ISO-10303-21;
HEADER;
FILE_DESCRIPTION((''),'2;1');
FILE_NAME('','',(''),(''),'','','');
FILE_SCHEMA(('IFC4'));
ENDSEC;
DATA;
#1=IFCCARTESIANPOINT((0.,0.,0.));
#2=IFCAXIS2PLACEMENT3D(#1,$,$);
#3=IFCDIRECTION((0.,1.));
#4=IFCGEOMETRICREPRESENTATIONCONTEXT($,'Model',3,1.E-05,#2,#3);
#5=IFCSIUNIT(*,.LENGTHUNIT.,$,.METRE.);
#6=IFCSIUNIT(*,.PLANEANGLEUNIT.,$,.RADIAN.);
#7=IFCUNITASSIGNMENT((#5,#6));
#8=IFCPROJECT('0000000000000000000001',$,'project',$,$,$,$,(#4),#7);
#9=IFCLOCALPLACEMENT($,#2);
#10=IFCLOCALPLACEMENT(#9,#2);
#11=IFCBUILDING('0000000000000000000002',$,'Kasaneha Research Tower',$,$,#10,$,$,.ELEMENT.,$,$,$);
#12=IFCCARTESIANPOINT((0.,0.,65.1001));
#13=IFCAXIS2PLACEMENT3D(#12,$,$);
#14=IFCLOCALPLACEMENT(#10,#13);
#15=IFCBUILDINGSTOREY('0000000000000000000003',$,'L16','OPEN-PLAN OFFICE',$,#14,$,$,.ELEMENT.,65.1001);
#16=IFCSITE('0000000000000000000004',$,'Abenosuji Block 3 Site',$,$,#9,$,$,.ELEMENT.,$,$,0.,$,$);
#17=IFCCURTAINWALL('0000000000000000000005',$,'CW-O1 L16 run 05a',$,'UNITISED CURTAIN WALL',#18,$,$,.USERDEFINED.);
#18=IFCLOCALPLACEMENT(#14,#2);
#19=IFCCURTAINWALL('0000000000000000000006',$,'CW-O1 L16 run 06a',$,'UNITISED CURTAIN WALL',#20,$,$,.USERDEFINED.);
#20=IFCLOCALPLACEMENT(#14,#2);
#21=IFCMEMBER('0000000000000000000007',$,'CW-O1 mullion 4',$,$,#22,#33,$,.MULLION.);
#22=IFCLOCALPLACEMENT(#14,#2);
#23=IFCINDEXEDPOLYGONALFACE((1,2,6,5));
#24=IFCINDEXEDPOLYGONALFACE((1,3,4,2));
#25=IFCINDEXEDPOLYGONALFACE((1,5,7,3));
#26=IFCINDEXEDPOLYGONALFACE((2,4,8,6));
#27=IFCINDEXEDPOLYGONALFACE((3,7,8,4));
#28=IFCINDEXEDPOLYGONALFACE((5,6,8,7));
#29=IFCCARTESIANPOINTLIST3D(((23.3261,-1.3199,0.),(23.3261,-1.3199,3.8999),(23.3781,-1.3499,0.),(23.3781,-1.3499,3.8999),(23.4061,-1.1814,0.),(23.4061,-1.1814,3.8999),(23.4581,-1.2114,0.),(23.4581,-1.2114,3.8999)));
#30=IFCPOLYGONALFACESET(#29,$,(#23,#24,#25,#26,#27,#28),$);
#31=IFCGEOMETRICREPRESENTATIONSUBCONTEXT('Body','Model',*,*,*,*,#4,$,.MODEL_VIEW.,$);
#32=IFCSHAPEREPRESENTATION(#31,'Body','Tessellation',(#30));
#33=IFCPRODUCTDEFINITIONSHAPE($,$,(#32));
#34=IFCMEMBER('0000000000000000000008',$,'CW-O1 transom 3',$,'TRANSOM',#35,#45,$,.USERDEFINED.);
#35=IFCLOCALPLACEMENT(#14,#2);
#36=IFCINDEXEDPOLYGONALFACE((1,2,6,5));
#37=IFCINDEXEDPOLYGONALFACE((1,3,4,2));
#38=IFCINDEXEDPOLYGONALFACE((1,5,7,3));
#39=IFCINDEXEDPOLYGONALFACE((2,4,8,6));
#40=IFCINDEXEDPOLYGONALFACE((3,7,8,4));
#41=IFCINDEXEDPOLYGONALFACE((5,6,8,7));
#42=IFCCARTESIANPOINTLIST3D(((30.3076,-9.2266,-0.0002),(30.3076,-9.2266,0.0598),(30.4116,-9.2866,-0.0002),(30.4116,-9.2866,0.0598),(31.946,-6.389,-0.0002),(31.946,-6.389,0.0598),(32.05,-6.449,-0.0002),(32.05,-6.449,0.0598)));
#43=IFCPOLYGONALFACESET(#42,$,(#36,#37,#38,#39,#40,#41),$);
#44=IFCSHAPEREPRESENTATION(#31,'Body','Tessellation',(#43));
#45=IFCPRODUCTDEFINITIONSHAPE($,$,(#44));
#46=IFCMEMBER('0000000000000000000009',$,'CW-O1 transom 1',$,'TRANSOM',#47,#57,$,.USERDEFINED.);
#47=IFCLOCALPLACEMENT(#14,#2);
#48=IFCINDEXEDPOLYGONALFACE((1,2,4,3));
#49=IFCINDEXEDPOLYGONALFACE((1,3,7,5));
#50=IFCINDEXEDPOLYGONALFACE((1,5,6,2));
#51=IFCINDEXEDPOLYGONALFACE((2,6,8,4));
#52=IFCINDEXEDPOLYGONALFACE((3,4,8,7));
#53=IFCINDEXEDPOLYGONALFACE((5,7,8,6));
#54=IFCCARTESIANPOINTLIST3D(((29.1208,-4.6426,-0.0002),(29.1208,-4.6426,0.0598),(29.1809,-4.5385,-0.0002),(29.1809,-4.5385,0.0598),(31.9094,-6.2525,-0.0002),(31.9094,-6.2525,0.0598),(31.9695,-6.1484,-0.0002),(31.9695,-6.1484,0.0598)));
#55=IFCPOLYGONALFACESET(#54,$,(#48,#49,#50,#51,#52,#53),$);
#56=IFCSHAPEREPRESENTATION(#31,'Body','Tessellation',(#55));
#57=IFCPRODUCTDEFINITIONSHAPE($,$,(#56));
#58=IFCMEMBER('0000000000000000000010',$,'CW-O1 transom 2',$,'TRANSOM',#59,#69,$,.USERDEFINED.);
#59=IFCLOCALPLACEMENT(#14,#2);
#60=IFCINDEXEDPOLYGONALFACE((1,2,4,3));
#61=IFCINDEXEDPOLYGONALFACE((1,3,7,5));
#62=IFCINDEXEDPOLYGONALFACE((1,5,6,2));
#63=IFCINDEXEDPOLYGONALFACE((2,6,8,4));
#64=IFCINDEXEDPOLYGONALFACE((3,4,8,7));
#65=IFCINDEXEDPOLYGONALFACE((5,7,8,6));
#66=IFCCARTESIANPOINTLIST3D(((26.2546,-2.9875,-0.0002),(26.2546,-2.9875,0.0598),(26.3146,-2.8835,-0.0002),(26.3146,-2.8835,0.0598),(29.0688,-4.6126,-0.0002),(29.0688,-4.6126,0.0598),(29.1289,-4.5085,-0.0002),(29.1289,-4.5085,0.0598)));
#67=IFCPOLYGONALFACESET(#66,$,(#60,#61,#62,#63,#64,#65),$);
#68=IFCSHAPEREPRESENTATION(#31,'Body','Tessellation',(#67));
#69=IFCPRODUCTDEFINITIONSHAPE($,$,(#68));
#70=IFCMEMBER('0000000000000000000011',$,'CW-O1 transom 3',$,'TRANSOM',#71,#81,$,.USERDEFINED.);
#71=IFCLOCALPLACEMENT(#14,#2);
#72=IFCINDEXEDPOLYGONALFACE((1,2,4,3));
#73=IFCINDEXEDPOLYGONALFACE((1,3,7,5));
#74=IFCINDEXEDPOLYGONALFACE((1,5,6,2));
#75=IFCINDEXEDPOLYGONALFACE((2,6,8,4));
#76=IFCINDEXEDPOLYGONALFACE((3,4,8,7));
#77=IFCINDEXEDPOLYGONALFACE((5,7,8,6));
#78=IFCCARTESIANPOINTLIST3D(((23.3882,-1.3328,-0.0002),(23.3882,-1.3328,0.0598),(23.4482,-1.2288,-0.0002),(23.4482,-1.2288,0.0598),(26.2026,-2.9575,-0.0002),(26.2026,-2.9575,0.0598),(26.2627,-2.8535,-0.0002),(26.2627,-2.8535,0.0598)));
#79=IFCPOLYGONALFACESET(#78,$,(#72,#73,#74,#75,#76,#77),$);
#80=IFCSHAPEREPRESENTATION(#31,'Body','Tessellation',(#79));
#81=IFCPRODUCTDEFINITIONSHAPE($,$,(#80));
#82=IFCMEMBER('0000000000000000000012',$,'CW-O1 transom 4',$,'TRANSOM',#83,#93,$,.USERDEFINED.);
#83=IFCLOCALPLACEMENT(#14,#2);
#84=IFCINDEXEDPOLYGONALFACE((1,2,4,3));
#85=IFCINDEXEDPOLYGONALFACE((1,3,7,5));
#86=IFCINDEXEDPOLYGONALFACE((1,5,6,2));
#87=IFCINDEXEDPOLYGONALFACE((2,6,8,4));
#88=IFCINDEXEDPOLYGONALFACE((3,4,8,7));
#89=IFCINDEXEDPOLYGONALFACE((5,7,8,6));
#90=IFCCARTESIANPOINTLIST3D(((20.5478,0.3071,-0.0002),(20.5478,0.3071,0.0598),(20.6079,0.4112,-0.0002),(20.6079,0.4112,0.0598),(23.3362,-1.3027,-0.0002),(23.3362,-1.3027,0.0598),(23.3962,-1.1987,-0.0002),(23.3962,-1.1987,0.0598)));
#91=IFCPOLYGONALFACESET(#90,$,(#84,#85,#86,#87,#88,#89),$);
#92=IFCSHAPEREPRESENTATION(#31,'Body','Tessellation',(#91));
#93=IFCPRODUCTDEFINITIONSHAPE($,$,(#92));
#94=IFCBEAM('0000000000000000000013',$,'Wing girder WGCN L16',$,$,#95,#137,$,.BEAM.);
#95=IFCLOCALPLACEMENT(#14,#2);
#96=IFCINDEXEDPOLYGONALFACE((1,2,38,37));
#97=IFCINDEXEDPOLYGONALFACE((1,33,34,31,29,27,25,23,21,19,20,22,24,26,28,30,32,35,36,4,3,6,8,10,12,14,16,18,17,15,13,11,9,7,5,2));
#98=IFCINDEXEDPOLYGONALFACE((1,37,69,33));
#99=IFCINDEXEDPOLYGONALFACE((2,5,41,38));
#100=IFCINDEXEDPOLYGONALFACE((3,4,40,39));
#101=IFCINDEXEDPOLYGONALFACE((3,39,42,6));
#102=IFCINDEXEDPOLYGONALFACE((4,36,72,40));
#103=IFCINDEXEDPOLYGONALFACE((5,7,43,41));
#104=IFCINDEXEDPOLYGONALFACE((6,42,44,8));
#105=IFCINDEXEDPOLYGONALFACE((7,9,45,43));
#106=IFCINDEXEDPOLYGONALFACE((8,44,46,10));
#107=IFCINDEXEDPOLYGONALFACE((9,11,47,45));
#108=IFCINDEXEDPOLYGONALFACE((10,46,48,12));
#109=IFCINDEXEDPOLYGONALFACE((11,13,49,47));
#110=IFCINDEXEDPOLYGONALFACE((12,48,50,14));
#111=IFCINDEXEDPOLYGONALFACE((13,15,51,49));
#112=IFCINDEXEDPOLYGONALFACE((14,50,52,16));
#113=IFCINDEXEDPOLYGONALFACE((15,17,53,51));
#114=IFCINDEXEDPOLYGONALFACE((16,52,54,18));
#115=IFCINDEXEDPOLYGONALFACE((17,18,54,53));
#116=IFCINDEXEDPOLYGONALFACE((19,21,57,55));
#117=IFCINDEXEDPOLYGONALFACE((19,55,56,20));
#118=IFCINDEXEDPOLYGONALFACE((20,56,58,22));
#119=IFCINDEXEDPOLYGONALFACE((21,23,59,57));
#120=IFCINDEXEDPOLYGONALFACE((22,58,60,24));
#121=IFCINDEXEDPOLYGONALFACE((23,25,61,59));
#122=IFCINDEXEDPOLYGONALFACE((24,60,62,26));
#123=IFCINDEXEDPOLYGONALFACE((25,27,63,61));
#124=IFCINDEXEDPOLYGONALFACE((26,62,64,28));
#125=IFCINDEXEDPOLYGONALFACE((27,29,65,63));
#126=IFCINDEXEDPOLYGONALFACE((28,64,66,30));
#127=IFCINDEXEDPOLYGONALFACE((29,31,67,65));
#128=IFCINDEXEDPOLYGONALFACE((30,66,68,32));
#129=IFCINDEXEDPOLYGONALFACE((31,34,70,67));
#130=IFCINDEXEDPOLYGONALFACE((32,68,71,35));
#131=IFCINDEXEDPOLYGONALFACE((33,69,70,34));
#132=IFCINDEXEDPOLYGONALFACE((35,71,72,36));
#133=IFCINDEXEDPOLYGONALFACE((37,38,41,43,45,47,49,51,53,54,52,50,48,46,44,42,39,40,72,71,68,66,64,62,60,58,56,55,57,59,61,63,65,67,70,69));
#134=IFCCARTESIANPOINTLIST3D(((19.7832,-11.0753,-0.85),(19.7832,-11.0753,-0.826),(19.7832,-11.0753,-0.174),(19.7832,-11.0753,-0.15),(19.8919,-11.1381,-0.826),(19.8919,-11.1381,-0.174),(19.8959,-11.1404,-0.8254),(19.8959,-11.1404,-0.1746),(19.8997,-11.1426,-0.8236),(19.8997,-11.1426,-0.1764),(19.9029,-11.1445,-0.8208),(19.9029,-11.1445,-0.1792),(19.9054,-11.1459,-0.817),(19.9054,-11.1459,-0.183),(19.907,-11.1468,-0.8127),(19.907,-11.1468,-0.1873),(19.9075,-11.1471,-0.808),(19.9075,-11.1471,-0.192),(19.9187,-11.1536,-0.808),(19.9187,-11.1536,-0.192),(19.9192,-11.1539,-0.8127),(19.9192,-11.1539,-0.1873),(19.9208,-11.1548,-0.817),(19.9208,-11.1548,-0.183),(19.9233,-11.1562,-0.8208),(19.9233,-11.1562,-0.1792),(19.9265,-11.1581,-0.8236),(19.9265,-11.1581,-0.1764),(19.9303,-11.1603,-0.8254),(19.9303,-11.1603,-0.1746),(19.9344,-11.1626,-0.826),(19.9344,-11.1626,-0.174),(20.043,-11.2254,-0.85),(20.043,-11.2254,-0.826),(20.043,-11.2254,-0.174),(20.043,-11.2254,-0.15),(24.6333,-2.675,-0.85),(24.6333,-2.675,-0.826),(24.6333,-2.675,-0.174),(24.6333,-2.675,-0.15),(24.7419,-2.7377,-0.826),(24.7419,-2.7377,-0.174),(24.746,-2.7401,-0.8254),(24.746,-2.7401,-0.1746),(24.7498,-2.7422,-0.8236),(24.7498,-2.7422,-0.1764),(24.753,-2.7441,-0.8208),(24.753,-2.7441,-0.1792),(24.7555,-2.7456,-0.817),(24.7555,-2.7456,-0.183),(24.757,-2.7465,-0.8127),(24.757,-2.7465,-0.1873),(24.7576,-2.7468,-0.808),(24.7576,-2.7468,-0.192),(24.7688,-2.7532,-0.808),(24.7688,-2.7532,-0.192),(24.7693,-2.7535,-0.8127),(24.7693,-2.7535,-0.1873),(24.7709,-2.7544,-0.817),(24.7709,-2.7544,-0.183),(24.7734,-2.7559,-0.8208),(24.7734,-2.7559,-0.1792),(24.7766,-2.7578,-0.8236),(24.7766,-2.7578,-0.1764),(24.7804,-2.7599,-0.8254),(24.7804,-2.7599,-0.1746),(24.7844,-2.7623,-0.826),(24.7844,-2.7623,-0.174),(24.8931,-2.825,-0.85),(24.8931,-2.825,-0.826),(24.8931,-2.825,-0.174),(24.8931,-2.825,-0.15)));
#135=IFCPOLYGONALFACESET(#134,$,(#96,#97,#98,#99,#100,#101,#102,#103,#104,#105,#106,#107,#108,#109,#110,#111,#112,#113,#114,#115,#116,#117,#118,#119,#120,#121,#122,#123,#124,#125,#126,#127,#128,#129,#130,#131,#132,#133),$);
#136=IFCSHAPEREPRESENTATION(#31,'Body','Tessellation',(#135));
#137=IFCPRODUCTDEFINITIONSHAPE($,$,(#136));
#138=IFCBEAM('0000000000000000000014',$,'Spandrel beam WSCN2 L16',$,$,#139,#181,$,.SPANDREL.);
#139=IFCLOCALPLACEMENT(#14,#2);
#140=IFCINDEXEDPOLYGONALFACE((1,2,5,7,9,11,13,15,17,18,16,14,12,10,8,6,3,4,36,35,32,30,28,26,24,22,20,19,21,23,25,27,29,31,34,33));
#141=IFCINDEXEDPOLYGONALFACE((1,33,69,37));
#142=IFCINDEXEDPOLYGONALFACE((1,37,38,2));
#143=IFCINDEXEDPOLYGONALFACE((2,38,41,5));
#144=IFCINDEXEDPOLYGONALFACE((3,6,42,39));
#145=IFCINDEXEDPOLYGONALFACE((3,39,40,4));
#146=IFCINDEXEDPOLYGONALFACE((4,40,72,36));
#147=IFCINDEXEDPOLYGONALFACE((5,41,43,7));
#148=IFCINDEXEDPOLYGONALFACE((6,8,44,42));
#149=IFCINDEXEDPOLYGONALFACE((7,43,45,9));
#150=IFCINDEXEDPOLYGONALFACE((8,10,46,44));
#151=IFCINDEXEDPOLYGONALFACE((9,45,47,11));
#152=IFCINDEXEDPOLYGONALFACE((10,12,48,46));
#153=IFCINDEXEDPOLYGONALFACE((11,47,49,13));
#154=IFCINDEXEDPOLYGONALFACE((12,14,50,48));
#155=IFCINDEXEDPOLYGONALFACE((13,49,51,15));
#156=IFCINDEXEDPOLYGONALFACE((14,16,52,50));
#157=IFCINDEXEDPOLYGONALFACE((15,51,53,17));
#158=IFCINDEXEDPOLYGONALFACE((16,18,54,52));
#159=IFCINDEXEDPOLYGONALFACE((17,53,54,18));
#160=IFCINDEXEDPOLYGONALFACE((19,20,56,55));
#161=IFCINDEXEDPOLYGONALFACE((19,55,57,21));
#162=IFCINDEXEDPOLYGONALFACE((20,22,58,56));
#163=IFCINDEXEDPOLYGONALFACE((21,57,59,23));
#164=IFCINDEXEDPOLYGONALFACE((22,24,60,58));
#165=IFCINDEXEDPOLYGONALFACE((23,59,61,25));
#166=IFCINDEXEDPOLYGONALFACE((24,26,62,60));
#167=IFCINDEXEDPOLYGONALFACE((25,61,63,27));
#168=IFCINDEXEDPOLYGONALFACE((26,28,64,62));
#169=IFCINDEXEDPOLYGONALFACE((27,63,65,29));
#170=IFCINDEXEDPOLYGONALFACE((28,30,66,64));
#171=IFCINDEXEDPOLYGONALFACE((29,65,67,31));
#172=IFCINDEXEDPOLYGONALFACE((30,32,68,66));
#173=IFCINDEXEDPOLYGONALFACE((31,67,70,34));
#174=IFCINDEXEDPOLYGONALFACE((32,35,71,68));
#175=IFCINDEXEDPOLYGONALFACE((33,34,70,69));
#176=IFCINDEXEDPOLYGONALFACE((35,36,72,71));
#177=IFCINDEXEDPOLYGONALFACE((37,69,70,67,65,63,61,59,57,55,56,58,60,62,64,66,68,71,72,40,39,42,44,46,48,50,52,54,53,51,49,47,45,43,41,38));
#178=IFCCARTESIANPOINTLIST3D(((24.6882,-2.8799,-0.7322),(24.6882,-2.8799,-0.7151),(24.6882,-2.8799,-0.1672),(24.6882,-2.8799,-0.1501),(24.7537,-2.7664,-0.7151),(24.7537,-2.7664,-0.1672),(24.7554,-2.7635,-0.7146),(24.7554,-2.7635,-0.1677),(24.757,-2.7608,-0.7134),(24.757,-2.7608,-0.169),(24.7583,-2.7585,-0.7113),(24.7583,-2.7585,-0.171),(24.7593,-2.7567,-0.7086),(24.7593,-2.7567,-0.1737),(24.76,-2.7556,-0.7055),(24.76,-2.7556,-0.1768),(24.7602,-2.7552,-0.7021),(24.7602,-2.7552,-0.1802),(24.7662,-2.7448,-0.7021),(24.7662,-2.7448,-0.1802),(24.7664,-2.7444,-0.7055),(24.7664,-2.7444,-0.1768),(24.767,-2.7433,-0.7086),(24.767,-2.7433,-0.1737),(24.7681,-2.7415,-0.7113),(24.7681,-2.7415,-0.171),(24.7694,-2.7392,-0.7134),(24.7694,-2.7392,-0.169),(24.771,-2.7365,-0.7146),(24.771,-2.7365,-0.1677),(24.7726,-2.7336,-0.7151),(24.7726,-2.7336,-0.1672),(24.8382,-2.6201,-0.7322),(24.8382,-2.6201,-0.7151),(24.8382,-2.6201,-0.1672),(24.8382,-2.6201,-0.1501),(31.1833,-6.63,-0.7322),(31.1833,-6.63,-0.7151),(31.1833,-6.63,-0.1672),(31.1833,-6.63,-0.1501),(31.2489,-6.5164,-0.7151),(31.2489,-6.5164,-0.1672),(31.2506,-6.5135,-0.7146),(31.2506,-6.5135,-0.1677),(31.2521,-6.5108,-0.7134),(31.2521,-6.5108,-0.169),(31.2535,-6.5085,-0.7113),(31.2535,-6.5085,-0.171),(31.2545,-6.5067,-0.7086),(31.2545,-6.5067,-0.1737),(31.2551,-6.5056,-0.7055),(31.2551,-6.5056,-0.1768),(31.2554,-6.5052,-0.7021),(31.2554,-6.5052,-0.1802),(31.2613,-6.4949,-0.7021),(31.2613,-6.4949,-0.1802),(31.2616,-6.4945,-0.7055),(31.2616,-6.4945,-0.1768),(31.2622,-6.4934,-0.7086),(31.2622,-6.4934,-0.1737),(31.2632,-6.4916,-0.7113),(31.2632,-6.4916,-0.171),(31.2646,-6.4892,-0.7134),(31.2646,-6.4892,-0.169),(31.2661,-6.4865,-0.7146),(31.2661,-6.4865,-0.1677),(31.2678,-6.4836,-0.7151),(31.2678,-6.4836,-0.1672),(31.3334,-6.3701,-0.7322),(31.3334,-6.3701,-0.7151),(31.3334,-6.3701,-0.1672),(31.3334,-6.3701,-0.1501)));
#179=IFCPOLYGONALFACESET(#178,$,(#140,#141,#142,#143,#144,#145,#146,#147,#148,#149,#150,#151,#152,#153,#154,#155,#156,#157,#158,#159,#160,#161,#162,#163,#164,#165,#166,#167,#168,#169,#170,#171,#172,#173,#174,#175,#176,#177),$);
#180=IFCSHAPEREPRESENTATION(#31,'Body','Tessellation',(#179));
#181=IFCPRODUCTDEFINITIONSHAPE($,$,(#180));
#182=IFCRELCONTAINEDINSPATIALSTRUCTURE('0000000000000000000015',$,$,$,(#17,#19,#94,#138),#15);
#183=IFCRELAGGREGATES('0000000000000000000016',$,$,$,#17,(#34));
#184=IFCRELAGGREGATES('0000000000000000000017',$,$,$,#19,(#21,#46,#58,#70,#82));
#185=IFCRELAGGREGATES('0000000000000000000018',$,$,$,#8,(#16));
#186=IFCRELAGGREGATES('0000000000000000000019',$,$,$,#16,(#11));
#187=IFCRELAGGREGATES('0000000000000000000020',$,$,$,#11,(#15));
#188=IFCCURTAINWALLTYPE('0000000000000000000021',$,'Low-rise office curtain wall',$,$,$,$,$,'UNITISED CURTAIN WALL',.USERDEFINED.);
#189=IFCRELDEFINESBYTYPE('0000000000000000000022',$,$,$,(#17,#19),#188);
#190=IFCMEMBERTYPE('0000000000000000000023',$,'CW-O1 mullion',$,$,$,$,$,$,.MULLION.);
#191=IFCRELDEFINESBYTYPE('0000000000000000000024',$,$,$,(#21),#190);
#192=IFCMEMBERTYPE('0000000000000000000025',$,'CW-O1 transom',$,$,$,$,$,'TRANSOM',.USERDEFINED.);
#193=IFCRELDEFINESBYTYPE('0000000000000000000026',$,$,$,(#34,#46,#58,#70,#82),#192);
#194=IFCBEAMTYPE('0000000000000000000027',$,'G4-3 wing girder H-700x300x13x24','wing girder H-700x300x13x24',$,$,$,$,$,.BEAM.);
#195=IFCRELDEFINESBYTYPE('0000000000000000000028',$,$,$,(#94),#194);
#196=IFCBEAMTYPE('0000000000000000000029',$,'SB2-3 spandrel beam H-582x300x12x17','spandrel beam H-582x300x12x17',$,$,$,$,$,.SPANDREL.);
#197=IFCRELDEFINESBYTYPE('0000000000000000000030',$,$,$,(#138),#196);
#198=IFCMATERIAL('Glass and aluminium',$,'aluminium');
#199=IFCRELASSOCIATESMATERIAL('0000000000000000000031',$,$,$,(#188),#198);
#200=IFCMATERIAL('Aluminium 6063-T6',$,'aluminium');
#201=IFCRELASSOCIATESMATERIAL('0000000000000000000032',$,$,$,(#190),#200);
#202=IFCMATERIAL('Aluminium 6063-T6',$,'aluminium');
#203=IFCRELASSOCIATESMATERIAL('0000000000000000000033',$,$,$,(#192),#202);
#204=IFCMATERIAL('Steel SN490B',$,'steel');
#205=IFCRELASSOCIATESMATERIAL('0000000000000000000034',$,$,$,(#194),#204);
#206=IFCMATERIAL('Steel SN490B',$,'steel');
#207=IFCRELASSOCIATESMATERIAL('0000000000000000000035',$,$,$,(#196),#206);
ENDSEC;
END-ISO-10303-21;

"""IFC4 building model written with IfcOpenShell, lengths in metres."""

from ifc_helpers import new_model, si_unit, direction, frame, origin, origin_2d, place, context, subcontext, project, spatial, rectangle, i_section, extrude, material, material_profile, profile_set, type_object, element, aggregate, save


model = new_model("IFC4")

# Units and contexts
model_context = context("Model", 3, precision=1e-05, world=origin(), true_north=direction((0.0, 1.0)))
body_context = subcontext(model_context, "Body", "Model", "MODEL_VIEW")
ifc_project = project(units=[si_unit("LENGTHUNIT", "METRE"), si_unit("PLANEANGLEUNIT", "RADIAN")], contexts=[model_context])

# Site, building, storey
site_placement = place(None, origin())
site = spatial("IfcSite", under=ifc_project, at=site_placement, Name="Abenosuji Block 3 Site", CompositionType="ELEMENT", RefElevation=0.0)
building_placement = place(site_placement, origin())
building = spatial("IfcBuilding", under=site, at=building_placement, Name="Kasaneha Research Tower", CompositionType="ELEMENT")
storey_placement = place(building_placement, frame((0.0, 0.0, 65.1001)))
storey = spatial("IfcBuildingStorey", under=building, at=storey_placement, Name="L16", Description="OPEN-PLAN OFFICE", CompositionType="ELEMENT", Elevation=65.1001)

# Curtain walls, member
ifc_material_1 = material(Name="Glass and aluminium", Category="aluminium")
curtain_wall_type = type_object("IfcCurtainWallType", Name="Low-rise office curtain wall", ElementType="UNITISED CURTAIN WALL", PredefinedType="USERDEFINED", material=ifc_material_1)
curtain_wall_1_placement = place(storey_placement, origin())
curtain_wall_1 = element("IfcCurtainWall", 1, at=curtain_wall_1_placement, inside=storey, type_object=curtain_wall_type, Name="CW-O1 L16 run 05a", ObjectType="UNITISED CURTAIN WALL", PredefinedType="USERDEFINED")
ifc_material_2 = material(Name="Aluminium 6063-T6", Category="aluminium")
ifc_material_profile_1 = material_profile(ifc_material_2, rectangle(XDim=0.0601, YDim=0.1599, at=origin_2d()), Name="CW-O1 mullion 60x160")
ifc_profile_set_1 = profile_set([ifc_material_profile_1], Name="Aluminium 6063-T6")
member_type_1 = type_object("IfcMemberType", Name="CW-O1 mullion", PredefinedType="MULLION", material=ifc_profile_set_1)
curtain_wall_2_placement = place(storey_placement, origin())
curtain_wall_2 = element("IfcCurtainWall", 2, at=curtain_wall_2_placement, inside=storey, type_object=curtain_wall_type, Name="CW-O1 L16 run 06a", ObjectType="UNITISED CURTAIN WALL", PredefinedType="USERDEFINED")
member_1_placement = place(storey_placement, frame((23.3921, -1.2656, 0.0), z_axis=(0.0, 0.0, 1.0), x_axis=(-0.866025, 0.5, 0.0)))
member_1 = element("IfcMember", 3, at=member_1_placement, type_object=member_type_1, Name="CW-O1 mullion 4", PredefinedType="MULLION", context=body_context, shape_type="SweptSolid", body=[
    extrude(rectangle(XDim=0.0601, YDim=0.1599, at=origin_2d()), origin(), (0.0, 0.0, 1.0), 3.8999),
])

# Members
ifc_material_3 = material(Name="Aluminium 6063-T6", Category="aluminium")
ifc_material_profile_2 = material_profile(ifc_material_3, rectangle(XDim=0.1201, YDim=0.0601, at=origin_2d()), Name="CW-O1 transom 120x60")
ifc_profile_set_2 = profile_set([ifc_material_profile_2], Name="Aluminium 6063-T6")
member_type_2 = type_object("IfcMemberType", Name="CW-O1 transom", ElementType="TRANSOM", PredefinedType="USERDEFINED", material=ifc_profile_set_2)
member_2_placement = place(storey_placement, frame((30.3596, -9.2566, 0.0298), z_axis=(0.500026, 0.866011, 0.0), x_axis=(-0.866011, 0.500026, 0.0)))
member_2 = element("IfcMember", 4, at=member_2_placement, type_object=member_type_2, Name="CW-O1 transom 3", ObjectType="TRANSOM", PredefinedType="USERDEFINED", context=body_context, shape_type="SweptSolid", body=[
    extrude(rectangle(XDim=0.1201, YDim=0.0601, at=origin_2d()), origin(), (0.0, 0.0, 1.0), 3.2766),
])
member_3_placement = place(storey_placement, frame((31.9395, -6.2004, 0.0298), z_axis=(-0.866042, 0.499972, 0.0), x_axis=(-0.499972, -0.866042, 0.0)))
member_3 = element("IfcMember", 5, at=member_3_placement, type_object=member_type_2, Name="CW-O1 transom 1", ObjectType="TRANSOM", PredefinedType="USERDEFINED", context=body_context, shape_type="SweptSolid", body=[
    extrude(rectangle(XDim=0.1201, YDim=0.0601, at=origin_2d()), origin(), (0.0, 0.0, 1.0), 3.22),
])
member_4_placement = place(storey_placement, frame((29.0989, -4.5605, 0.0298), z_axis=(-0.865997, 0.50005, 0.0), x_axis=(-0.50005, -0.865997, 0.0)))
member_4 = element("IfcMember", 6, at=member_4_placement, type_object=member_type_2, Name="CW-O1 transom 2", ObjectType="TRANSOM", PredefinedType="USERDEFINED", context=body_context, shape_type="SweptSolid", body=[
    extrude(rectangle(XDim=0.1201, YDim=0.0601, at=origin_2d()), origin(), (0.0, 0.0, 1.0), 3.2498),
])
member_5_placement = place(storey_placement, frame((26.2327, -2.9055, 0.0298), z_axis=(-0.866048, 0.499961, 0.0), x_axis=(-0.499961, -0.866048, 0.0)))
member_5 = element("IfcMember", 7, at=member_5_placement, type_object=member_type_2, Name="CW-O1 transom 3", ObjectType="TRANSOM", PredefinedType="USERDEFINED", context=body_context, shape_type="SweptSolid", body=[
    extrude(rectangle(XDim=0.1201, YDim=0.0601, at=origin_2d()), origin(), (0.0, 0.0, 1.0), 3.2498),
])
member_6_placement = place(storey_placement, frame((23.3662, -1.2507, 0.0298), z_axis=(-0.866023, 0.500005, 0.0), x_axis=(-0.500005, -0.866023, 0.0)))
member_6 = element("IfcMember", 8, at=member_6_placement, type_object=member_type_2, Name="CW-O1 transom 4", ObjectType="TRANSOM", PredefinedType="USERDEFINED", context=body_context, shape_type="SweptSolid", body=[
    extrude(rectangle(XDim=0.1201, YDim=0.0601, at=origin_2d()), origin(), (0.0, 0.0, 1.0), 3.2197),
])

# Beams
ifc_material_4 = material(Name="Steel SN490B", Category="steel")
ifc_material_profile_3 = material_profile(ifc_material_4, i_section(OverallWidth=0.3, OverallDepth=0.7, WebThickness=0.0129, FlangeThickness=0.0239, FilletRadius=0.0181, at=origin_2d()), Name="H-700x300x13x24")
ifc_profile_set_3 = profile_set([ifc_material_profile_3], Name="Steel SN490B")
beam_type_1 = type_object("IfcBeamType", Name="G4-3 wing girder H-700x300x13x24", Description="wing girder H-700x300x13x24", PredefinedType="BEAM", material=ifc_profile_set_3)
beam_1_placement = place(storey_placement, frame((24.7632, -2.75, -0.5), z_axis=(-0.50001, -0.86602, 0.0), x_axis=(0.86602, -0.50001, 0.0)))
element("IfcBeam", 9, at=beam_1_placement, inside=storey, type_object=beam_type_1, Name="Wing girder WGCN L16", PredefinedType="BEAM", context=body_context, shape_type="SweptSolid", body=[
    extrude(i_section(OverallWidth=0.3, OverallDepth=0.7, WebThickness=0.0129, FlangeThickness=0.0239, FilletRadius=0.0181, at=origin_2d()), origin(), (0.0, 0.0, 1.0), 9.7),
])
ifc_material_5 = material(Name="Steel SN490B", Category="steel")
ifc_material_profile_4 = material_profile(ifc_material_5, i_section(OverallWidth=0.3, OverallDepth=0.582, WebThickness=0.012, FlangeThickness=0.0171, FilletRadius=0.0129, at=origin_2d()), Name="H-582x300x12x17")
ifc_profile_set_4 = profile_set([ifc_material_profile_4], Name="Steel SN490B")
beam_type_2 = type_object("IfcBeamType", Name="SB2-3 spandrel beam H-582x300x12x17", Description="spandrel beam H-582x300x12x17", PredefinedType="SPANDREL", material=ifc_profile_set_4)
beam_2_placement = place(storey_placement, frame((24.7632, -2.75, -0.4412), z_axis=(0.866023, -0.500004, 0.0), x_axis=(0.500004, 0.866023, 0.0)))
element("IfcBeam", 10, at=beam_2_placement, inside=storey, type_object=beam_type_2, Name="Spandrel beam WSCN2 L16", PredefinedType="SPANDREL", context=body_context, shape_type="SweptSolid", body=[
    extrude(i_section(OverallWidth=0.3, OverallDepth=0.582, WebThickness=0.012, FlangeThickness=0.0171, FilletRadius=0.0129, at=origin_2d()), origin(), (0.0, 0.0, 1.0), 7.5),
])

aggregate(curtain_wall_1, [member_2])
aggregate(curtain_wall_2, [member_1, member_3, member_4, member_5, member_6])

save(model, "model.ifc")
